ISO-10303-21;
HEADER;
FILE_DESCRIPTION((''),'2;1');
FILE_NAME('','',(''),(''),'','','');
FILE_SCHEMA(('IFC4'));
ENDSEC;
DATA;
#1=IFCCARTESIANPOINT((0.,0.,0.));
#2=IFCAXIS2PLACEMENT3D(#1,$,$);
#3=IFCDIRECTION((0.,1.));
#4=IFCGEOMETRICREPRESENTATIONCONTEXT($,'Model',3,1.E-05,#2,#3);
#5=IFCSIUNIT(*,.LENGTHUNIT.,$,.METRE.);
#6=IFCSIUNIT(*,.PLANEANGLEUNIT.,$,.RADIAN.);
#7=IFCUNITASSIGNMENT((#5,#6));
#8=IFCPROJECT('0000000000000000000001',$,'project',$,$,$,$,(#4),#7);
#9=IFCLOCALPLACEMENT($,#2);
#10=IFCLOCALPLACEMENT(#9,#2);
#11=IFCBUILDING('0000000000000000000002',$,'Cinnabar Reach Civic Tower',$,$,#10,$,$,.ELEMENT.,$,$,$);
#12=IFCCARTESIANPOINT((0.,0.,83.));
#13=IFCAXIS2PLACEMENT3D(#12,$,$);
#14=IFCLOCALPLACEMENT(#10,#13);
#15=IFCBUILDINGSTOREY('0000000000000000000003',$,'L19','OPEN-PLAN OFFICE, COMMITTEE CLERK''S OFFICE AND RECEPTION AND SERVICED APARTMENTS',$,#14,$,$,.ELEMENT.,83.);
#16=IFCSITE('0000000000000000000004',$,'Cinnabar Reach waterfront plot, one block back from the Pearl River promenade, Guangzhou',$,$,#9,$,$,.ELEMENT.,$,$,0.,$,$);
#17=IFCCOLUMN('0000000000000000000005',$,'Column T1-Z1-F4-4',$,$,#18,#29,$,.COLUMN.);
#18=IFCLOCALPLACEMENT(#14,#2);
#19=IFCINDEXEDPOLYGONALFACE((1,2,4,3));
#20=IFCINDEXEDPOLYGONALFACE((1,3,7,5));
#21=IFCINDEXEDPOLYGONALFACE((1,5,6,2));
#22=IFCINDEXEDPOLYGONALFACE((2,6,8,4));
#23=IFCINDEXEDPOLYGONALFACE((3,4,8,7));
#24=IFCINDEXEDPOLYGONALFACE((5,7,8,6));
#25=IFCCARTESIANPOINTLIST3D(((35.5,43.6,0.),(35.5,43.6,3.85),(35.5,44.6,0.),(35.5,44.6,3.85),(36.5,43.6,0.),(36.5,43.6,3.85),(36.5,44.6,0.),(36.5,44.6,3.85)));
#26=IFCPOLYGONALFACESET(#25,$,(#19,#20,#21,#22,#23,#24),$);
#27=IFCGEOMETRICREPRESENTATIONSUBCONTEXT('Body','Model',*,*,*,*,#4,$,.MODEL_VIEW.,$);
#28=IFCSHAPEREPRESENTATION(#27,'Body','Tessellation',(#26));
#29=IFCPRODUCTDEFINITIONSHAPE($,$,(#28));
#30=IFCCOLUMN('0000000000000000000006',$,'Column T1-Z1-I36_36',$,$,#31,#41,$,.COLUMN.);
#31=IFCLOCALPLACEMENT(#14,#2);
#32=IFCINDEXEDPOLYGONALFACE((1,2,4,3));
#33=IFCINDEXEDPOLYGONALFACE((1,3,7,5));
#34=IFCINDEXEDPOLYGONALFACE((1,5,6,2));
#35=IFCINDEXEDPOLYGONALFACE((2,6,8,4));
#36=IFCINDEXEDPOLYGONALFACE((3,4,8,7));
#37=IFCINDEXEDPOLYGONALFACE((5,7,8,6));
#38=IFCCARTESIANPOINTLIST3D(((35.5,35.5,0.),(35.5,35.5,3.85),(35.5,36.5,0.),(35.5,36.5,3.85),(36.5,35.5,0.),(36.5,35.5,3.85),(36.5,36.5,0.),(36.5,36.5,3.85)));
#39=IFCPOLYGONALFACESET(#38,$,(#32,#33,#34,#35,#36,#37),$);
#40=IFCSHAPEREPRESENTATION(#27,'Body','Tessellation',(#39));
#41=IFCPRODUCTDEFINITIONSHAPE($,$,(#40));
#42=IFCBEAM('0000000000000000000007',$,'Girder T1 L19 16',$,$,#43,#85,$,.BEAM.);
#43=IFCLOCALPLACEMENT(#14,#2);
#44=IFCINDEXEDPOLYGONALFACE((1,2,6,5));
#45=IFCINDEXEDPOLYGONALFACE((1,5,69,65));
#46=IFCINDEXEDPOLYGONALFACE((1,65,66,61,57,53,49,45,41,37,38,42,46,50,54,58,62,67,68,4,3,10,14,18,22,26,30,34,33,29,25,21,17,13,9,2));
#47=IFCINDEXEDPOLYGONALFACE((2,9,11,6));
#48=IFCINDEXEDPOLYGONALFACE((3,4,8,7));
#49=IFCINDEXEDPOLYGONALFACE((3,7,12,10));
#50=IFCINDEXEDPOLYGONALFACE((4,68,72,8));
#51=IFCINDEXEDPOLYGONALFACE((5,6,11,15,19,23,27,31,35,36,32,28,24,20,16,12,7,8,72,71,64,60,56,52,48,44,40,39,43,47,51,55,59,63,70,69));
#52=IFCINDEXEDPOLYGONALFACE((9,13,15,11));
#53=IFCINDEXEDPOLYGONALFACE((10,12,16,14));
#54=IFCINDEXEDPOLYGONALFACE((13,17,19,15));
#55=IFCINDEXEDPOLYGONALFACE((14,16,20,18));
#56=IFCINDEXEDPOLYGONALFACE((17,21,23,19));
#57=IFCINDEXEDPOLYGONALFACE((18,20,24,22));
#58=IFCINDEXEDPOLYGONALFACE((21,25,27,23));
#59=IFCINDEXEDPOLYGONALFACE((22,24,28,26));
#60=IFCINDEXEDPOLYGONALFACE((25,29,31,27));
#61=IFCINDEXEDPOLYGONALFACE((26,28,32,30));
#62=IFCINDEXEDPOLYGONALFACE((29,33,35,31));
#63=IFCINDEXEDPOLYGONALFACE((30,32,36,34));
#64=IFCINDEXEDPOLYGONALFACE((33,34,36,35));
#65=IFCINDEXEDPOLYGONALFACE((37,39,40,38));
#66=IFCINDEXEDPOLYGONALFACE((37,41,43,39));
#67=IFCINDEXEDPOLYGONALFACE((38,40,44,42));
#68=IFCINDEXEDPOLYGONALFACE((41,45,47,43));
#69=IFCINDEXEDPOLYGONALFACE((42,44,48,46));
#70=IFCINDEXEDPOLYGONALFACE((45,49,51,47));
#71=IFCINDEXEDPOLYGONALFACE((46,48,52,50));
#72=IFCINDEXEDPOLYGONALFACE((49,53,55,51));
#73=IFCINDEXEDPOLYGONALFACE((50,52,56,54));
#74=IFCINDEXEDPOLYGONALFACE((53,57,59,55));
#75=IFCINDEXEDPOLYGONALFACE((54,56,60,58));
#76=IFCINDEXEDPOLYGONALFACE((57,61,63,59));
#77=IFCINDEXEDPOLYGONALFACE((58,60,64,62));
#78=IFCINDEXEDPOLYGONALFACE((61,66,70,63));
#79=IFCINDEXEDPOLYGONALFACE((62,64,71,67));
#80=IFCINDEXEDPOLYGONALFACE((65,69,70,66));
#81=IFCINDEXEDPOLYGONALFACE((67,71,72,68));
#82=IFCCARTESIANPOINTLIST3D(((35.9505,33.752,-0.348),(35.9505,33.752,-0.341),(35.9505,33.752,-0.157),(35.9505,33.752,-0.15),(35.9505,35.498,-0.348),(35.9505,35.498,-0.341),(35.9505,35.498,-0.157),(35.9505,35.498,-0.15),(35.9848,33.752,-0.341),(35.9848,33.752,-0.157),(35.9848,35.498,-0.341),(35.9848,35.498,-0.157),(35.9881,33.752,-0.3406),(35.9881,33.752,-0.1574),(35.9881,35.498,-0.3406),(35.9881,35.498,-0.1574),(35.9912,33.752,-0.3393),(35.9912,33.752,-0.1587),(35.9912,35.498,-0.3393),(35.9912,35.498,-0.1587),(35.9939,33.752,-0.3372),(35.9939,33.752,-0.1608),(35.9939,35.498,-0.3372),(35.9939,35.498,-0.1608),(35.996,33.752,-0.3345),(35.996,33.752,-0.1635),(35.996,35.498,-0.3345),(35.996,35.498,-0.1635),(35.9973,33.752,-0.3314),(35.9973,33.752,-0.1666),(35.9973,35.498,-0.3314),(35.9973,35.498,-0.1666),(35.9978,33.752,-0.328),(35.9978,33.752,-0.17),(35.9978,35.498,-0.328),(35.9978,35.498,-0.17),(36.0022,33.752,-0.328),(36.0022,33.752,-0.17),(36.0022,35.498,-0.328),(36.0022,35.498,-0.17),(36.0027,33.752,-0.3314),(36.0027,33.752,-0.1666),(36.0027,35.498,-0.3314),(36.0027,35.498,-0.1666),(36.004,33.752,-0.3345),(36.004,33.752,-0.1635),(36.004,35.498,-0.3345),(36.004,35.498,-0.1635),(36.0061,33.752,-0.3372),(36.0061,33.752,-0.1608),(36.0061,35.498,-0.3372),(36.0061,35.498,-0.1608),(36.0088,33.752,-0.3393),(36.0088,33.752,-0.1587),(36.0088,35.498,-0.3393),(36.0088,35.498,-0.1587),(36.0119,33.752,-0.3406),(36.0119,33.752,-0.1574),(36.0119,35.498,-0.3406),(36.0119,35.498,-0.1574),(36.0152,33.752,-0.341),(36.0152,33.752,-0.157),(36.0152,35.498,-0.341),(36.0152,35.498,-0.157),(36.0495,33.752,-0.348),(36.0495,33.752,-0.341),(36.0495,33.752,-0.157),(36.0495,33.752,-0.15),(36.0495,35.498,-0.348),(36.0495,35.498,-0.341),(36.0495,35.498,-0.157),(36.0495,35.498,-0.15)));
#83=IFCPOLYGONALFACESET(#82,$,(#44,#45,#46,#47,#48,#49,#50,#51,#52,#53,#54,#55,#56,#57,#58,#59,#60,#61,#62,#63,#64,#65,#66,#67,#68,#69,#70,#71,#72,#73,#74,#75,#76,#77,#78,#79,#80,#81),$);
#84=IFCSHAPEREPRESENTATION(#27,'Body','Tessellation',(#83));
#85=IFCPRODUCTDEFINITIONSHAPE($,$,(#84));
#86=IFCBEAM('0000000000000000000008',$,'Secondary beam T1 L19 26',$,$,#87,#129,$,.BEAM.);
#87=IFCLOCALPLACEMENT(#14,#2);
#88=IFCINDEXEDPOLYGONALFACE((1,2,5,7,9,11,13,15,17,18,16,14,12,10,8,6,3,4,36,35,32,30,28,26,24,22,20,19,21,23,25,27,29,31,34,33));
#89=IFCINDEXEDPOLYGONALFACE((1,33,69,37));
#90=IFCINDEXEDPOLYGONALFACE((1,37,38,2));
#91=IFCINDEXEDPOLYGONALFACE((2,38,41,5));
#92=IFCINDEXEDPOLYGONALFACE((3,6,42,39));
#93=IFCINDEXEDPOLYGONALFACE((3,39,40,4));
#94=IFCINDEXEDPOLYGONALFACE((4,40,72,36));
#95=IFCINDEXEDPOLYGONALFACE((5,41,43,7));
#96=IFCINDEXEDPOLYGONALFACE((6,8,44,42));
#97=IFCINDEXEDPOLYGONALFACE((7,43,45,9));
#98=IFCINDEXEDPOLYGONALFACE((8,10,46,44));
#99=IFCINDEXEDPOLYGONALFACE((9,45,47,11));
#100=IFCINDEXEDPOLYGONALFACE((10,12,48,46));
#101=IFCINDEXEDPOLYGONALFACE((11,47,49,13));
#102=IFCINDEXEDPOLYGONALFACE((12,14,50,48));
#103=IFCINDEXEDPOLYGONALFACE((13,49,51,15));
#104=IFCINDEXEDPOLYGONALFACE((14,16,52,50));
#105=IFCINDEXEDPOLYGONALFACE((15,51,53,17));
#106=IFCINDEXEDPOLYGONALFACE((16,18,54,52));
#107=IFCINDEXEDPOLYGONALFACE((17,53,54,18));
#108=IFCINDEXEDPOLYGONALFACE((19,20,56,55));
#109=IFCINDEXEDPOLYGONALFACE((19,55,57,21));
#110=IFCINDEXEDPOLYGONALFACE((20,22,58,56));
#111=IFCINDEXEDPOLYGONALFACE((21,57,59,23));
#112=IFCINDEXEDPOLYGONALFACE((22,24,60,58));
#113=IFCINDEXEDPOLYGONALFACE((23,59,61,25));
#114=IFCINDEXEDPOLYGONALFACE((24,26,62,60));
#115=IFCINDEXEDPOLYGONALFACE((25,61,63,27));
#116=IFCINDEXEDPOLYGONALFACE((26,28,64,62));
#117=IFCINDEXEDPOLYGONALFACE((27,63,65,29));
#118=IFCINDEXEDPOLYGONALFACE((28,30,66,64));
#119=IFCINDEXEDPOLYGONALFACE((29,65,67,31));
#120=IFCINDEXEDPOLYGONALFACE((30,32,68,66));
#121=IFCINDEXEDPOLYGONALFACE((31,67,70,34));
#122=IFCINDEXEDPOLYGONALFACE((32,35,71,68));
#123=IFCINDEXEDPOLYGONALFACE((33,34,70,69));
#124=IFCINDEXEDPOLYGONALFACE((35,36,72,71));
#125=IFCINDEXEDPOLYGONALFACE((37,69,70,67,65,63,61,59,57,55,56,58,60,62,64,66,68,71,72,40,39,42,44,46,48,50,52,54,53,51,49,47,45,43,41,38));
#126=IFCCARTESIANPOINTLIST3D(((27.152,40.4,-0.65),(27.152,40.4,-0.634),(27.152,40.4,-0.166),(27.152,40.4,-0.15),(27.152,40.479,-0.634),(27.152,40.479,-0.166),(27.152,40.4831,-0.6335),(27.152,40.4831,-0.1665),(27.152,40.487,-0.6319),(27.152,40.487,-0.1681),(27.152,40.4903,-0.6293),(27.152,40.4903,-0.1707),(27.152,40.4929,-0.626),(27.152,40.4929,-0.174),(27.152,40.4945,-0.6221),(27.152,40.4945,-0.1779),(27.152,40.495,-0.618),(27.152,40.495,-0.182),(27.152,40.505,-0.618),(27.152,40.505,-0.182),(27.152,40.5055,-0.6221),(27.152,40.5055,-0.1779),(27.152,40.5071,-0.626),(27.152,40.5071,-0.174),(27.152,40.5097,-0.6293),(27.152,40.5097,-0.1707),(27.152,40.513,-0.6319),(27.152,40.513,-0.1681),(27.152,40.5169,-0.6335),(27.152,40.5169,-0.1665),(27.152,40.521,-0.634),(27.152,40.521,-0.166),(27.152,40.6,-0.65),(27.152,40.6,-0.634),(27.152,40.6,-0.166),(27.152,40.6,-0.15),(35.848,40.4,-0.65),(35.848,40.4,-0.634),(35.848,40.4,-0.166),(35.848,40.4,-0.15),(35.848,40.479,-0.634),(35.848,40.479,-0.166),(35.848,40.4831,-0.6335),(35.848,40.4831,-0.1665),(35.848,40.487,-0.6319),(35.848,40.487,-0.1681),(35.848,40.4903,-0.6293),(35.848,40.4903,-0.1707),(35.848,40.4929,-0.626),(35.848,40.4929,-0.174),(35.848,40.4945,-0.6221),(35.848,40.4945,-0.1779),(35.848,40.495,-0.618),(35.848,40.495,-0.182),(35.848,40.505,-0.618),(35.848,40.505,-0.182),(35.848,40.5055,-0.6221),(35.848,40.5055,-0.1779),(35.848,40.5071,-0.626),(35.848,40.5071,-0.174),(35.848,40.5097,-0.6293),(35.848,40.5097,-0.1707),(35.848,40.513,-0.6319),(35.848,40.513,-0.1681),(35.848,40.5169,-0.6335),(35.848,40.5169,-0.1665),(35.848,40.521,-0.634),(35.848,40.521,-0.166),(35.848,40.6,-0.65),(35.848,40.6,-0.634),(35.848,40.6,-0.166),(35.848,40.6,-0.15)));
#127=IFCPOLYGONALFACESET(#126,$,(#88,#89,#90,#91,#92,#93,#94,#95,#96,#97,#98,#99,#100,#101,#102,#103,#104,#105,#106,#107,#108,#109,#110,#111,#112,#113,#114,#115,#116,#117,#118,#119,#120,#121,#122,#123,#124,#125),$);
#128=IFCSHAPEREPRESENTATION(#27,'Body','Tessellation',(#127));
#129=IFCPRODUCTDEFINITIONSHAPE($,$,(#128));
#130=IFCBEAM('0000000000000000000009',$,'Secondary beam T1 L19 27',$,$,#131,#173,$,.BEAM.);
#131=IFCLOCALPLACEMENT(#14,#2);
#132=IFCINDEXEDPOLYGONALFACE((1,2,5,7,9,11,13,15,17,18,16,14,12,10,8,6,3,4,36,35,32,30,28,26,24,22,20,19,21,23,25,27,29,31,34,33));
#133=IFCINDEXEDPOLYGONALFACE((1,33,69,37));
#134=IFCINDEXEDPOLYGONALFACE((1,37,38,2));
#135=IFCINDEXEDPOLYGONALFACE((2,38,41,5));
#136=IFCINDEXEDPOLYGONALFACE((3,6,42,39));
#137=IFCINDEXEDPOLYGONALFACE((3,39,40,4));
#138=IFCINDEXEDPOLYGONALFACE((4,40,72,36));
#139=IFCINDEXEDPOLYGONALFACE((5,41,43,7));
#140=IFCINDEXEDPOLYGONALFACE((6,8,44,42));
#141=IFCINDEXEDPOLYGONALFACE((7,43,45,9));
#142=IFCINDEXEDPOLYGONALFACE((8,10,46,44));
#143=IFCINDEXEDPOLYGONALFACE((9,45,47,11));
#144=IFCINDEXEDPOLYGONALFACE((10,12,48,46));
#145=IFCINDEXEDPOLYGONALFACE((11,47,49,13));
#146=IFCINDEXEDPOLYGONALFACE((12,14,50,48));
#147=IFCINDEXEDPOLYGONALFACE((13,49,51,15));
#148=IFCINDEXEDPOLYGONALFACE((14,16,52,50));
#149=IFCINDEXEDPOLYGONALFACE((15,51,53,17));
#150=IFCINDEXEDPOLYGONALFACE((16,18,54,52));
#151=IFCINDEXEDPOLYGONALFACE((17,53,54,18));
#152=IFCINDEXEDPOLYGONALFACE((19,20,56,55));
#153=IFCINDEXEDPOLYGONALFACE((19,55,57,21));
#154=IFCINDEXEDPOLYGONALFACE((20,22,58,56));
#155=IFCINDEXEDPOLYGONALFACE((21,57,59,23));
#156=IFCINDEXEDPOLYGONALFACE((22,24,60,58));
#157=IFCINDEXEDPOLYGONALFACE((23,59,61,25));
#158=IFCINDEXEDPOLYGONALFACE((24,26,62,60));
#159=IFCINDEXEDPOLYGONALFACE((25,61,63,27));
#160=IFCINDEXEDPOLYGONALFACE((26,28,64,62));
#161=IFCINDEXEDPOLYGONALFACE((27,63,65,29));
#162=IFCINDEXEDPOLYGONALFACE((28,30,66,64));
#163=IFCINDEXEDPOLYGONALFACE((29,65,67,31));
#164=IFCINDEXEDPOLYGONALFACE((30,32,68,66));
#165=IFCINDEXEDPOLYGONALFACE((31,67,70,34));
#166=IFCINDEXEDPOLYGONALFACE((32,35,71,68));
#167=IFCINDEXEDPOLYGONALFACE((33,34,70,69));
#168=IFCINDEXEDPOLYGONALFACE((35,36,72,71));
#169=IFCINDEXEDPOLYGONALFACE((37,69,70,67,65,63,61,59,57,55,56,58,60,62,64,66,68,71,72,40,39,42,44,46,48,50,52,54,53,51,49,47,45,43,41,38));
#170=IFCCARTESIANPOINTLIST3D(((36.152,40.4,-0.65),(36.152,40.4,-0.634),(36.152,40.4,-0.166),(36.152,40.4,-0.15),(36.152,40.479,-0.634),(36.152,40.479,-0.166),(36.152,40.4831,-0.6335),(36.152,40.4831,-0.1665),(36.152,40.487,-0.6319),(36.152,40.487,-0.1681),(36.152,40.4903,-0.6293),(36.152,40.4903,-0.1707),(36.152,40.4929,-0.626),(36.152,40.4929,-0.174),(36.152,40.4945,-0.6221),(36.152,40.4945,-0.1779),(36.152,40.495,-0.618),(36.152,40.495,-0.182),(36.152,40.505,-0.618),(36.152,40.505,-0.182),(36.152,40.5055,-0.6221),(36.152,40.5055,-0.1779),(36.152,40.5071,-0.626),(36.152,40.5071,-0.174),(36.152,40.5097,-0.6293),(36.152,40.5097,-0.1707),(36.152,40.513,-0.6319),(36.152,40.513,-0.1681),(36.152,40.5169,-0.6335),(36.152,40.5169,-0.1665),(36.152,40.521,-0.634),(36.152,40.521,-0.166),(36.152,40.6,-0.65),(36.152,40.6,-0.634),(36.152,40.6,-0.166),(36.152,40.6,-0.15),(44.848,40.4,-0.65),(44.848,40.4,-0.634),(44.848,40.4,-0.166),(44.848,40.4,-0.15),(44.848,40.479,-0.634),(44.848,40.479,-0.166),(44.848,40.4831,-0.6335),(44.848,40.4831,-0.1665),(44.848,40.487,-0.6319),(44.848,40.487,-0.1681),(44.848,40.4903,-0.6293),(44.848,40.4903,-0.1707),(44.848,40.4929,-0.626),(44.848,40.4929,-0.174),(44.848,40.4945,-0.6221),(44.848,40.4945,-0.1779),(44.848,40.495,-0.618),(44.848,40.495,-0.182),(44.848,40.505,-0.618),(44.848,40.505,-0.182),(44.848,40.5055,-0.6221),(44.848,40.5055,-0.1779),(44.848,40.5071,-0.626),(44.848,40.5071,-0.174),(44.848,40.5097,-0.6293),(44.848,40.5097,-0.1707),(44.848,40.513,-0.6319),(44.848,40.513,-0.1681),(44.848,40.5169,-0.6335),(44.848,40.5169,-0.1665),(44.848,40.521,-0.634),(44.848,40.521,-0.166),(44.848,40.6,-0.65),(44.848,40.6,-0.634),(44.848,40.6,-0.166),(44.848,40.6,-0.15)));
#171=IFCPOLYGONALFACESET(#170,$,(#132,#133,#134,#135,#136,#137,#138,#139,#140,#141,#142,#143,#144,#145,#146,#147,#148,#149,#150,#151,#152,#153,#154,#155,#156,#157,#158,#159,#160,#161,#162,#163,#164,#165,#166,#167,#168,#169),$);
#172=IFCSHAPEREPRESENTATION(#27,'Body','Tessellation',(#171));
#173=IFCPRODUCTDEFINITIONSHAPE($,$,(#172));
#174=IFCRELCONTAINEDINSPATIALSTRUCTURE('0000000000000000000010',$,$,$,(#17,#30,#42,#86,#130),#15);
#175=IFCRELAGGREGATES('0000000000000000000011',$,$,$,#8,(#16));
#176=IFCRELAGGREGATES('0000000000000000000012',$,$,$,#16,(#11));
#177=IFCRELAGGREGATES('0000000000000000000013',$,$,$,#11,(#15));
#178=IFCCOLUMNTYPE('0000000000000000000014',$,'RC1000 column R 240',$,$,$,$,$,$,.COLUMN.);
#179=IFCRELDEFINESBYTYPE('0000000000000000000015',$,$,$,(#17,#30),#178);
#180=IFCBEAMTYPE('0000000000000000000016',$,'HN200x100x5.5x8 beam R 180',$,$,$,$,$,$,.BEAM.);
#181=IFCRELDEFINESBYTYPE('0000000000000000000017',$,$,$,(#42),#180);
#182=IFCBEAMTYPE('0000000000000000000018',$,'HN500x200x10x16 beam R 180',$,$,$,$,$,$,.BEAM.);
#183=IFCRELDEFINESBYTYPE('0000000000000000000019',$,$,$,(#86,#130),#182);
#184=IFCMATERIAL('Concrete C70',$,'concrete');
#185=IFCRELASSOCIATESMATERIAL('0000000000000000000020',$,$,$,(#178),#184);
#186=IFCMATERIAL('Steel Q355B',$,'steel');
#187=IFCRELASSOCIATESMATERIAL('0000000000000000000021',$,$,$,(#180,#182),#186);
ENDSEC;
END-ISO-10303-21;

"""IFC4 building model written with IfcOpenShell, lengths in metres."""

from ifc_helpers import new_model, si_unit, direction, frame, origin, origin_2d, place, context, subcontext, project, spatial, rectangle, i_section, extrude, material, material_profile, profile_set, type_object, element, save


model = new_model("IFC4")

# Units and contexts
model_context = context("Model", 3, precision=1e-05, world=origin(), true_north=direction((0.0, 1.0)))
body_context = subcontext(model_context, "Body", "Model", "MODEL_VIEW")
ifc_project = project(units=[si_unit("LENGTHUNIT", "METRE"), si_unit("PLANEANGLEUNIT", "RADIAN")], contexts=[model_context])

# Site, building, storey
site_placement = place(None, origin())
site = spatial("IfcSite", under=ifc_project, at=site_placement, Name="Cinnabar Reach waterfront plot, one block back from the Pearl River promenade, Guangzhou", CompositionType="ELEMENT", RefElevation=0.0)
building_placement = place(site_placement, origin())
building = spatial("IfcBuilding", under=site, at=building_placement, Name="Cinnabar Reach Civic Tower", CompositionType="ELEMENT")
storey_placement = place(building_placement, frame((0.0, 0.0, 83.0)))
storey = spatial("IfcBuildingStorey", under=building, at=storey_placement, Name="L19", Description="OPEN-PLAN OFFICE, COMMITTEE CLERK'S OFFICE AND RECEPTION AND SERVICED APARTMENTS", CompositionType="ELEMENT", Elevation=83.0)

# Columns
ifc_material_1 = material(Name="Concrete C70", Category="concrete")
ifc_material_profile_1 = material_profile(ifc_material_1, rectangle(XDim=1.0, YDim=1.0, at=origin_2d()), Name="RC1000")
ifc_profile_set_1 = profile_set([ifc_material_profile_1], Name="Concrete C70")
column_type = type_object("IfcColumnType", Name="RC1000 column R 240", PredefinedType="COLUMN", material=ifc_profile_set_1)
for number, where, z_axis, x_axis, name in (
    (1, (36.0, 44.1, 0.0), (0.0, 0.0, 1.0), (1.0, 0.0, 0.0), "Column T1-Z1-F4-4"),
    (2, (36.0, 36.0, 0.0), (0.0, 0.0, 1.0), (1.0, 0.0, 0.0), "Column T1-Z1-I36_36"),
):
    element("IfcColumn", number, at=place(storey_placement, frame(where, z_axis=z_axis, x_axis=x_axis)), inside=storey, type_object=column_type, Name=name, PredefinedType="COLUMN", context=body_context, shape_type="SweptSolid", body=[
        extrude(rectangle(XDim=1.0, YDim=1.0, at=origin_2d()), origin(), (0.0, 0.0, 1.0), 3.85),
    ])

# Beams
ifc_material_2 = material(Name="Steel Q355B", Category="steel")
ifc_material_profile_2 = material_profile(ifc_material_2, i_section(OverallWidth=0.099, OverallDepth=0.198, WebThickness=0.0045, FlangeThickness=0.007, FilletRadius=0.013, at=origin_2d()), Name="HN200x100x5.5x8")
ifc_profile_set_2 = profile_set([ifc_material_profile_2], Name="Steel Q355B")
beam_type_1 = type_object("IfcBeamType", Name="HN200x100x5.5x8 beam R 180", PredefinedType="BEAM", material=ifc_profile_set_2)
beam_1_placement = place(storey_placement, frame((36.0, 33.752, -0.249), z_axis=(0.0, 1.0, 0.0), x_axis=(-1.0, 0.0, 0.0)))
element("IfcBeam", 3, at=beam_1_placement, inside=storey, type_object=beam_type_1, Name="Girder T1 L19 16", PredefinedType="BEAM", context=body_context, shape_type="SweptSolid", body=[
    extrude(i_section(OverallWidth=0.099, OverallDepth=0.198, WebThickness=0.0045, FlangeThickness=0.007, FilletRadius=0.013, at=origin_2d()), origin(), (0.0, 0.0, 1.0), 1.746),
])
ifc_material_profile_3 = material_profile(ifc_material_2, i_section(OverallWidth=0.2, OverallDepth=0.5, WebThickness=0.01, FlangeThickness=0.016, FilletRadius=0.016, at=origin_2d()), Name="HN500x200x10x16")
ifc_profile_set_3 = profile_set([ifc_material_profile_3], Name="Steel Q355B")
beam_type_2 = type_object("IfcBeamType", Name="HN500x200x10x16 beam R 180", PredefinedType="BEAM", material=ifc_profile_set_3)
for number, where, z_axis, x_axis, name in (
    (4, (27.152, 40.5, -0.4), (1.0, 0.0, 0.0), (0.0, 1.0, 0.0), "Secondary beam T1 L19 26"),
    (5, (36.152, 40.5, -0.4), (1.0, 0.0, 0.0), (0.0, 1.0, 0.0), "Secondary beam T1 L19 27"),
):
    element("IfcBeam", number, at=place(storey_placement, frame(where, z_axis=z_axis, x_axis=x_axis)), inside=storey, type_object=beam_type_2, Name=name, PredefinedType="BEAM", context=body_context, shape_type="SweptSolid", body=[
        extrude(i_section(OverallWidth=0.2, OverallDepth=0.5, WebThickness=0.01, FlangeThickness=0.016, FilletRadius=0.016, at=origin_2d()), origin(), (0.0, 0.0, 1.0), 8.696),
    ])

save(model, "model.ifc")
